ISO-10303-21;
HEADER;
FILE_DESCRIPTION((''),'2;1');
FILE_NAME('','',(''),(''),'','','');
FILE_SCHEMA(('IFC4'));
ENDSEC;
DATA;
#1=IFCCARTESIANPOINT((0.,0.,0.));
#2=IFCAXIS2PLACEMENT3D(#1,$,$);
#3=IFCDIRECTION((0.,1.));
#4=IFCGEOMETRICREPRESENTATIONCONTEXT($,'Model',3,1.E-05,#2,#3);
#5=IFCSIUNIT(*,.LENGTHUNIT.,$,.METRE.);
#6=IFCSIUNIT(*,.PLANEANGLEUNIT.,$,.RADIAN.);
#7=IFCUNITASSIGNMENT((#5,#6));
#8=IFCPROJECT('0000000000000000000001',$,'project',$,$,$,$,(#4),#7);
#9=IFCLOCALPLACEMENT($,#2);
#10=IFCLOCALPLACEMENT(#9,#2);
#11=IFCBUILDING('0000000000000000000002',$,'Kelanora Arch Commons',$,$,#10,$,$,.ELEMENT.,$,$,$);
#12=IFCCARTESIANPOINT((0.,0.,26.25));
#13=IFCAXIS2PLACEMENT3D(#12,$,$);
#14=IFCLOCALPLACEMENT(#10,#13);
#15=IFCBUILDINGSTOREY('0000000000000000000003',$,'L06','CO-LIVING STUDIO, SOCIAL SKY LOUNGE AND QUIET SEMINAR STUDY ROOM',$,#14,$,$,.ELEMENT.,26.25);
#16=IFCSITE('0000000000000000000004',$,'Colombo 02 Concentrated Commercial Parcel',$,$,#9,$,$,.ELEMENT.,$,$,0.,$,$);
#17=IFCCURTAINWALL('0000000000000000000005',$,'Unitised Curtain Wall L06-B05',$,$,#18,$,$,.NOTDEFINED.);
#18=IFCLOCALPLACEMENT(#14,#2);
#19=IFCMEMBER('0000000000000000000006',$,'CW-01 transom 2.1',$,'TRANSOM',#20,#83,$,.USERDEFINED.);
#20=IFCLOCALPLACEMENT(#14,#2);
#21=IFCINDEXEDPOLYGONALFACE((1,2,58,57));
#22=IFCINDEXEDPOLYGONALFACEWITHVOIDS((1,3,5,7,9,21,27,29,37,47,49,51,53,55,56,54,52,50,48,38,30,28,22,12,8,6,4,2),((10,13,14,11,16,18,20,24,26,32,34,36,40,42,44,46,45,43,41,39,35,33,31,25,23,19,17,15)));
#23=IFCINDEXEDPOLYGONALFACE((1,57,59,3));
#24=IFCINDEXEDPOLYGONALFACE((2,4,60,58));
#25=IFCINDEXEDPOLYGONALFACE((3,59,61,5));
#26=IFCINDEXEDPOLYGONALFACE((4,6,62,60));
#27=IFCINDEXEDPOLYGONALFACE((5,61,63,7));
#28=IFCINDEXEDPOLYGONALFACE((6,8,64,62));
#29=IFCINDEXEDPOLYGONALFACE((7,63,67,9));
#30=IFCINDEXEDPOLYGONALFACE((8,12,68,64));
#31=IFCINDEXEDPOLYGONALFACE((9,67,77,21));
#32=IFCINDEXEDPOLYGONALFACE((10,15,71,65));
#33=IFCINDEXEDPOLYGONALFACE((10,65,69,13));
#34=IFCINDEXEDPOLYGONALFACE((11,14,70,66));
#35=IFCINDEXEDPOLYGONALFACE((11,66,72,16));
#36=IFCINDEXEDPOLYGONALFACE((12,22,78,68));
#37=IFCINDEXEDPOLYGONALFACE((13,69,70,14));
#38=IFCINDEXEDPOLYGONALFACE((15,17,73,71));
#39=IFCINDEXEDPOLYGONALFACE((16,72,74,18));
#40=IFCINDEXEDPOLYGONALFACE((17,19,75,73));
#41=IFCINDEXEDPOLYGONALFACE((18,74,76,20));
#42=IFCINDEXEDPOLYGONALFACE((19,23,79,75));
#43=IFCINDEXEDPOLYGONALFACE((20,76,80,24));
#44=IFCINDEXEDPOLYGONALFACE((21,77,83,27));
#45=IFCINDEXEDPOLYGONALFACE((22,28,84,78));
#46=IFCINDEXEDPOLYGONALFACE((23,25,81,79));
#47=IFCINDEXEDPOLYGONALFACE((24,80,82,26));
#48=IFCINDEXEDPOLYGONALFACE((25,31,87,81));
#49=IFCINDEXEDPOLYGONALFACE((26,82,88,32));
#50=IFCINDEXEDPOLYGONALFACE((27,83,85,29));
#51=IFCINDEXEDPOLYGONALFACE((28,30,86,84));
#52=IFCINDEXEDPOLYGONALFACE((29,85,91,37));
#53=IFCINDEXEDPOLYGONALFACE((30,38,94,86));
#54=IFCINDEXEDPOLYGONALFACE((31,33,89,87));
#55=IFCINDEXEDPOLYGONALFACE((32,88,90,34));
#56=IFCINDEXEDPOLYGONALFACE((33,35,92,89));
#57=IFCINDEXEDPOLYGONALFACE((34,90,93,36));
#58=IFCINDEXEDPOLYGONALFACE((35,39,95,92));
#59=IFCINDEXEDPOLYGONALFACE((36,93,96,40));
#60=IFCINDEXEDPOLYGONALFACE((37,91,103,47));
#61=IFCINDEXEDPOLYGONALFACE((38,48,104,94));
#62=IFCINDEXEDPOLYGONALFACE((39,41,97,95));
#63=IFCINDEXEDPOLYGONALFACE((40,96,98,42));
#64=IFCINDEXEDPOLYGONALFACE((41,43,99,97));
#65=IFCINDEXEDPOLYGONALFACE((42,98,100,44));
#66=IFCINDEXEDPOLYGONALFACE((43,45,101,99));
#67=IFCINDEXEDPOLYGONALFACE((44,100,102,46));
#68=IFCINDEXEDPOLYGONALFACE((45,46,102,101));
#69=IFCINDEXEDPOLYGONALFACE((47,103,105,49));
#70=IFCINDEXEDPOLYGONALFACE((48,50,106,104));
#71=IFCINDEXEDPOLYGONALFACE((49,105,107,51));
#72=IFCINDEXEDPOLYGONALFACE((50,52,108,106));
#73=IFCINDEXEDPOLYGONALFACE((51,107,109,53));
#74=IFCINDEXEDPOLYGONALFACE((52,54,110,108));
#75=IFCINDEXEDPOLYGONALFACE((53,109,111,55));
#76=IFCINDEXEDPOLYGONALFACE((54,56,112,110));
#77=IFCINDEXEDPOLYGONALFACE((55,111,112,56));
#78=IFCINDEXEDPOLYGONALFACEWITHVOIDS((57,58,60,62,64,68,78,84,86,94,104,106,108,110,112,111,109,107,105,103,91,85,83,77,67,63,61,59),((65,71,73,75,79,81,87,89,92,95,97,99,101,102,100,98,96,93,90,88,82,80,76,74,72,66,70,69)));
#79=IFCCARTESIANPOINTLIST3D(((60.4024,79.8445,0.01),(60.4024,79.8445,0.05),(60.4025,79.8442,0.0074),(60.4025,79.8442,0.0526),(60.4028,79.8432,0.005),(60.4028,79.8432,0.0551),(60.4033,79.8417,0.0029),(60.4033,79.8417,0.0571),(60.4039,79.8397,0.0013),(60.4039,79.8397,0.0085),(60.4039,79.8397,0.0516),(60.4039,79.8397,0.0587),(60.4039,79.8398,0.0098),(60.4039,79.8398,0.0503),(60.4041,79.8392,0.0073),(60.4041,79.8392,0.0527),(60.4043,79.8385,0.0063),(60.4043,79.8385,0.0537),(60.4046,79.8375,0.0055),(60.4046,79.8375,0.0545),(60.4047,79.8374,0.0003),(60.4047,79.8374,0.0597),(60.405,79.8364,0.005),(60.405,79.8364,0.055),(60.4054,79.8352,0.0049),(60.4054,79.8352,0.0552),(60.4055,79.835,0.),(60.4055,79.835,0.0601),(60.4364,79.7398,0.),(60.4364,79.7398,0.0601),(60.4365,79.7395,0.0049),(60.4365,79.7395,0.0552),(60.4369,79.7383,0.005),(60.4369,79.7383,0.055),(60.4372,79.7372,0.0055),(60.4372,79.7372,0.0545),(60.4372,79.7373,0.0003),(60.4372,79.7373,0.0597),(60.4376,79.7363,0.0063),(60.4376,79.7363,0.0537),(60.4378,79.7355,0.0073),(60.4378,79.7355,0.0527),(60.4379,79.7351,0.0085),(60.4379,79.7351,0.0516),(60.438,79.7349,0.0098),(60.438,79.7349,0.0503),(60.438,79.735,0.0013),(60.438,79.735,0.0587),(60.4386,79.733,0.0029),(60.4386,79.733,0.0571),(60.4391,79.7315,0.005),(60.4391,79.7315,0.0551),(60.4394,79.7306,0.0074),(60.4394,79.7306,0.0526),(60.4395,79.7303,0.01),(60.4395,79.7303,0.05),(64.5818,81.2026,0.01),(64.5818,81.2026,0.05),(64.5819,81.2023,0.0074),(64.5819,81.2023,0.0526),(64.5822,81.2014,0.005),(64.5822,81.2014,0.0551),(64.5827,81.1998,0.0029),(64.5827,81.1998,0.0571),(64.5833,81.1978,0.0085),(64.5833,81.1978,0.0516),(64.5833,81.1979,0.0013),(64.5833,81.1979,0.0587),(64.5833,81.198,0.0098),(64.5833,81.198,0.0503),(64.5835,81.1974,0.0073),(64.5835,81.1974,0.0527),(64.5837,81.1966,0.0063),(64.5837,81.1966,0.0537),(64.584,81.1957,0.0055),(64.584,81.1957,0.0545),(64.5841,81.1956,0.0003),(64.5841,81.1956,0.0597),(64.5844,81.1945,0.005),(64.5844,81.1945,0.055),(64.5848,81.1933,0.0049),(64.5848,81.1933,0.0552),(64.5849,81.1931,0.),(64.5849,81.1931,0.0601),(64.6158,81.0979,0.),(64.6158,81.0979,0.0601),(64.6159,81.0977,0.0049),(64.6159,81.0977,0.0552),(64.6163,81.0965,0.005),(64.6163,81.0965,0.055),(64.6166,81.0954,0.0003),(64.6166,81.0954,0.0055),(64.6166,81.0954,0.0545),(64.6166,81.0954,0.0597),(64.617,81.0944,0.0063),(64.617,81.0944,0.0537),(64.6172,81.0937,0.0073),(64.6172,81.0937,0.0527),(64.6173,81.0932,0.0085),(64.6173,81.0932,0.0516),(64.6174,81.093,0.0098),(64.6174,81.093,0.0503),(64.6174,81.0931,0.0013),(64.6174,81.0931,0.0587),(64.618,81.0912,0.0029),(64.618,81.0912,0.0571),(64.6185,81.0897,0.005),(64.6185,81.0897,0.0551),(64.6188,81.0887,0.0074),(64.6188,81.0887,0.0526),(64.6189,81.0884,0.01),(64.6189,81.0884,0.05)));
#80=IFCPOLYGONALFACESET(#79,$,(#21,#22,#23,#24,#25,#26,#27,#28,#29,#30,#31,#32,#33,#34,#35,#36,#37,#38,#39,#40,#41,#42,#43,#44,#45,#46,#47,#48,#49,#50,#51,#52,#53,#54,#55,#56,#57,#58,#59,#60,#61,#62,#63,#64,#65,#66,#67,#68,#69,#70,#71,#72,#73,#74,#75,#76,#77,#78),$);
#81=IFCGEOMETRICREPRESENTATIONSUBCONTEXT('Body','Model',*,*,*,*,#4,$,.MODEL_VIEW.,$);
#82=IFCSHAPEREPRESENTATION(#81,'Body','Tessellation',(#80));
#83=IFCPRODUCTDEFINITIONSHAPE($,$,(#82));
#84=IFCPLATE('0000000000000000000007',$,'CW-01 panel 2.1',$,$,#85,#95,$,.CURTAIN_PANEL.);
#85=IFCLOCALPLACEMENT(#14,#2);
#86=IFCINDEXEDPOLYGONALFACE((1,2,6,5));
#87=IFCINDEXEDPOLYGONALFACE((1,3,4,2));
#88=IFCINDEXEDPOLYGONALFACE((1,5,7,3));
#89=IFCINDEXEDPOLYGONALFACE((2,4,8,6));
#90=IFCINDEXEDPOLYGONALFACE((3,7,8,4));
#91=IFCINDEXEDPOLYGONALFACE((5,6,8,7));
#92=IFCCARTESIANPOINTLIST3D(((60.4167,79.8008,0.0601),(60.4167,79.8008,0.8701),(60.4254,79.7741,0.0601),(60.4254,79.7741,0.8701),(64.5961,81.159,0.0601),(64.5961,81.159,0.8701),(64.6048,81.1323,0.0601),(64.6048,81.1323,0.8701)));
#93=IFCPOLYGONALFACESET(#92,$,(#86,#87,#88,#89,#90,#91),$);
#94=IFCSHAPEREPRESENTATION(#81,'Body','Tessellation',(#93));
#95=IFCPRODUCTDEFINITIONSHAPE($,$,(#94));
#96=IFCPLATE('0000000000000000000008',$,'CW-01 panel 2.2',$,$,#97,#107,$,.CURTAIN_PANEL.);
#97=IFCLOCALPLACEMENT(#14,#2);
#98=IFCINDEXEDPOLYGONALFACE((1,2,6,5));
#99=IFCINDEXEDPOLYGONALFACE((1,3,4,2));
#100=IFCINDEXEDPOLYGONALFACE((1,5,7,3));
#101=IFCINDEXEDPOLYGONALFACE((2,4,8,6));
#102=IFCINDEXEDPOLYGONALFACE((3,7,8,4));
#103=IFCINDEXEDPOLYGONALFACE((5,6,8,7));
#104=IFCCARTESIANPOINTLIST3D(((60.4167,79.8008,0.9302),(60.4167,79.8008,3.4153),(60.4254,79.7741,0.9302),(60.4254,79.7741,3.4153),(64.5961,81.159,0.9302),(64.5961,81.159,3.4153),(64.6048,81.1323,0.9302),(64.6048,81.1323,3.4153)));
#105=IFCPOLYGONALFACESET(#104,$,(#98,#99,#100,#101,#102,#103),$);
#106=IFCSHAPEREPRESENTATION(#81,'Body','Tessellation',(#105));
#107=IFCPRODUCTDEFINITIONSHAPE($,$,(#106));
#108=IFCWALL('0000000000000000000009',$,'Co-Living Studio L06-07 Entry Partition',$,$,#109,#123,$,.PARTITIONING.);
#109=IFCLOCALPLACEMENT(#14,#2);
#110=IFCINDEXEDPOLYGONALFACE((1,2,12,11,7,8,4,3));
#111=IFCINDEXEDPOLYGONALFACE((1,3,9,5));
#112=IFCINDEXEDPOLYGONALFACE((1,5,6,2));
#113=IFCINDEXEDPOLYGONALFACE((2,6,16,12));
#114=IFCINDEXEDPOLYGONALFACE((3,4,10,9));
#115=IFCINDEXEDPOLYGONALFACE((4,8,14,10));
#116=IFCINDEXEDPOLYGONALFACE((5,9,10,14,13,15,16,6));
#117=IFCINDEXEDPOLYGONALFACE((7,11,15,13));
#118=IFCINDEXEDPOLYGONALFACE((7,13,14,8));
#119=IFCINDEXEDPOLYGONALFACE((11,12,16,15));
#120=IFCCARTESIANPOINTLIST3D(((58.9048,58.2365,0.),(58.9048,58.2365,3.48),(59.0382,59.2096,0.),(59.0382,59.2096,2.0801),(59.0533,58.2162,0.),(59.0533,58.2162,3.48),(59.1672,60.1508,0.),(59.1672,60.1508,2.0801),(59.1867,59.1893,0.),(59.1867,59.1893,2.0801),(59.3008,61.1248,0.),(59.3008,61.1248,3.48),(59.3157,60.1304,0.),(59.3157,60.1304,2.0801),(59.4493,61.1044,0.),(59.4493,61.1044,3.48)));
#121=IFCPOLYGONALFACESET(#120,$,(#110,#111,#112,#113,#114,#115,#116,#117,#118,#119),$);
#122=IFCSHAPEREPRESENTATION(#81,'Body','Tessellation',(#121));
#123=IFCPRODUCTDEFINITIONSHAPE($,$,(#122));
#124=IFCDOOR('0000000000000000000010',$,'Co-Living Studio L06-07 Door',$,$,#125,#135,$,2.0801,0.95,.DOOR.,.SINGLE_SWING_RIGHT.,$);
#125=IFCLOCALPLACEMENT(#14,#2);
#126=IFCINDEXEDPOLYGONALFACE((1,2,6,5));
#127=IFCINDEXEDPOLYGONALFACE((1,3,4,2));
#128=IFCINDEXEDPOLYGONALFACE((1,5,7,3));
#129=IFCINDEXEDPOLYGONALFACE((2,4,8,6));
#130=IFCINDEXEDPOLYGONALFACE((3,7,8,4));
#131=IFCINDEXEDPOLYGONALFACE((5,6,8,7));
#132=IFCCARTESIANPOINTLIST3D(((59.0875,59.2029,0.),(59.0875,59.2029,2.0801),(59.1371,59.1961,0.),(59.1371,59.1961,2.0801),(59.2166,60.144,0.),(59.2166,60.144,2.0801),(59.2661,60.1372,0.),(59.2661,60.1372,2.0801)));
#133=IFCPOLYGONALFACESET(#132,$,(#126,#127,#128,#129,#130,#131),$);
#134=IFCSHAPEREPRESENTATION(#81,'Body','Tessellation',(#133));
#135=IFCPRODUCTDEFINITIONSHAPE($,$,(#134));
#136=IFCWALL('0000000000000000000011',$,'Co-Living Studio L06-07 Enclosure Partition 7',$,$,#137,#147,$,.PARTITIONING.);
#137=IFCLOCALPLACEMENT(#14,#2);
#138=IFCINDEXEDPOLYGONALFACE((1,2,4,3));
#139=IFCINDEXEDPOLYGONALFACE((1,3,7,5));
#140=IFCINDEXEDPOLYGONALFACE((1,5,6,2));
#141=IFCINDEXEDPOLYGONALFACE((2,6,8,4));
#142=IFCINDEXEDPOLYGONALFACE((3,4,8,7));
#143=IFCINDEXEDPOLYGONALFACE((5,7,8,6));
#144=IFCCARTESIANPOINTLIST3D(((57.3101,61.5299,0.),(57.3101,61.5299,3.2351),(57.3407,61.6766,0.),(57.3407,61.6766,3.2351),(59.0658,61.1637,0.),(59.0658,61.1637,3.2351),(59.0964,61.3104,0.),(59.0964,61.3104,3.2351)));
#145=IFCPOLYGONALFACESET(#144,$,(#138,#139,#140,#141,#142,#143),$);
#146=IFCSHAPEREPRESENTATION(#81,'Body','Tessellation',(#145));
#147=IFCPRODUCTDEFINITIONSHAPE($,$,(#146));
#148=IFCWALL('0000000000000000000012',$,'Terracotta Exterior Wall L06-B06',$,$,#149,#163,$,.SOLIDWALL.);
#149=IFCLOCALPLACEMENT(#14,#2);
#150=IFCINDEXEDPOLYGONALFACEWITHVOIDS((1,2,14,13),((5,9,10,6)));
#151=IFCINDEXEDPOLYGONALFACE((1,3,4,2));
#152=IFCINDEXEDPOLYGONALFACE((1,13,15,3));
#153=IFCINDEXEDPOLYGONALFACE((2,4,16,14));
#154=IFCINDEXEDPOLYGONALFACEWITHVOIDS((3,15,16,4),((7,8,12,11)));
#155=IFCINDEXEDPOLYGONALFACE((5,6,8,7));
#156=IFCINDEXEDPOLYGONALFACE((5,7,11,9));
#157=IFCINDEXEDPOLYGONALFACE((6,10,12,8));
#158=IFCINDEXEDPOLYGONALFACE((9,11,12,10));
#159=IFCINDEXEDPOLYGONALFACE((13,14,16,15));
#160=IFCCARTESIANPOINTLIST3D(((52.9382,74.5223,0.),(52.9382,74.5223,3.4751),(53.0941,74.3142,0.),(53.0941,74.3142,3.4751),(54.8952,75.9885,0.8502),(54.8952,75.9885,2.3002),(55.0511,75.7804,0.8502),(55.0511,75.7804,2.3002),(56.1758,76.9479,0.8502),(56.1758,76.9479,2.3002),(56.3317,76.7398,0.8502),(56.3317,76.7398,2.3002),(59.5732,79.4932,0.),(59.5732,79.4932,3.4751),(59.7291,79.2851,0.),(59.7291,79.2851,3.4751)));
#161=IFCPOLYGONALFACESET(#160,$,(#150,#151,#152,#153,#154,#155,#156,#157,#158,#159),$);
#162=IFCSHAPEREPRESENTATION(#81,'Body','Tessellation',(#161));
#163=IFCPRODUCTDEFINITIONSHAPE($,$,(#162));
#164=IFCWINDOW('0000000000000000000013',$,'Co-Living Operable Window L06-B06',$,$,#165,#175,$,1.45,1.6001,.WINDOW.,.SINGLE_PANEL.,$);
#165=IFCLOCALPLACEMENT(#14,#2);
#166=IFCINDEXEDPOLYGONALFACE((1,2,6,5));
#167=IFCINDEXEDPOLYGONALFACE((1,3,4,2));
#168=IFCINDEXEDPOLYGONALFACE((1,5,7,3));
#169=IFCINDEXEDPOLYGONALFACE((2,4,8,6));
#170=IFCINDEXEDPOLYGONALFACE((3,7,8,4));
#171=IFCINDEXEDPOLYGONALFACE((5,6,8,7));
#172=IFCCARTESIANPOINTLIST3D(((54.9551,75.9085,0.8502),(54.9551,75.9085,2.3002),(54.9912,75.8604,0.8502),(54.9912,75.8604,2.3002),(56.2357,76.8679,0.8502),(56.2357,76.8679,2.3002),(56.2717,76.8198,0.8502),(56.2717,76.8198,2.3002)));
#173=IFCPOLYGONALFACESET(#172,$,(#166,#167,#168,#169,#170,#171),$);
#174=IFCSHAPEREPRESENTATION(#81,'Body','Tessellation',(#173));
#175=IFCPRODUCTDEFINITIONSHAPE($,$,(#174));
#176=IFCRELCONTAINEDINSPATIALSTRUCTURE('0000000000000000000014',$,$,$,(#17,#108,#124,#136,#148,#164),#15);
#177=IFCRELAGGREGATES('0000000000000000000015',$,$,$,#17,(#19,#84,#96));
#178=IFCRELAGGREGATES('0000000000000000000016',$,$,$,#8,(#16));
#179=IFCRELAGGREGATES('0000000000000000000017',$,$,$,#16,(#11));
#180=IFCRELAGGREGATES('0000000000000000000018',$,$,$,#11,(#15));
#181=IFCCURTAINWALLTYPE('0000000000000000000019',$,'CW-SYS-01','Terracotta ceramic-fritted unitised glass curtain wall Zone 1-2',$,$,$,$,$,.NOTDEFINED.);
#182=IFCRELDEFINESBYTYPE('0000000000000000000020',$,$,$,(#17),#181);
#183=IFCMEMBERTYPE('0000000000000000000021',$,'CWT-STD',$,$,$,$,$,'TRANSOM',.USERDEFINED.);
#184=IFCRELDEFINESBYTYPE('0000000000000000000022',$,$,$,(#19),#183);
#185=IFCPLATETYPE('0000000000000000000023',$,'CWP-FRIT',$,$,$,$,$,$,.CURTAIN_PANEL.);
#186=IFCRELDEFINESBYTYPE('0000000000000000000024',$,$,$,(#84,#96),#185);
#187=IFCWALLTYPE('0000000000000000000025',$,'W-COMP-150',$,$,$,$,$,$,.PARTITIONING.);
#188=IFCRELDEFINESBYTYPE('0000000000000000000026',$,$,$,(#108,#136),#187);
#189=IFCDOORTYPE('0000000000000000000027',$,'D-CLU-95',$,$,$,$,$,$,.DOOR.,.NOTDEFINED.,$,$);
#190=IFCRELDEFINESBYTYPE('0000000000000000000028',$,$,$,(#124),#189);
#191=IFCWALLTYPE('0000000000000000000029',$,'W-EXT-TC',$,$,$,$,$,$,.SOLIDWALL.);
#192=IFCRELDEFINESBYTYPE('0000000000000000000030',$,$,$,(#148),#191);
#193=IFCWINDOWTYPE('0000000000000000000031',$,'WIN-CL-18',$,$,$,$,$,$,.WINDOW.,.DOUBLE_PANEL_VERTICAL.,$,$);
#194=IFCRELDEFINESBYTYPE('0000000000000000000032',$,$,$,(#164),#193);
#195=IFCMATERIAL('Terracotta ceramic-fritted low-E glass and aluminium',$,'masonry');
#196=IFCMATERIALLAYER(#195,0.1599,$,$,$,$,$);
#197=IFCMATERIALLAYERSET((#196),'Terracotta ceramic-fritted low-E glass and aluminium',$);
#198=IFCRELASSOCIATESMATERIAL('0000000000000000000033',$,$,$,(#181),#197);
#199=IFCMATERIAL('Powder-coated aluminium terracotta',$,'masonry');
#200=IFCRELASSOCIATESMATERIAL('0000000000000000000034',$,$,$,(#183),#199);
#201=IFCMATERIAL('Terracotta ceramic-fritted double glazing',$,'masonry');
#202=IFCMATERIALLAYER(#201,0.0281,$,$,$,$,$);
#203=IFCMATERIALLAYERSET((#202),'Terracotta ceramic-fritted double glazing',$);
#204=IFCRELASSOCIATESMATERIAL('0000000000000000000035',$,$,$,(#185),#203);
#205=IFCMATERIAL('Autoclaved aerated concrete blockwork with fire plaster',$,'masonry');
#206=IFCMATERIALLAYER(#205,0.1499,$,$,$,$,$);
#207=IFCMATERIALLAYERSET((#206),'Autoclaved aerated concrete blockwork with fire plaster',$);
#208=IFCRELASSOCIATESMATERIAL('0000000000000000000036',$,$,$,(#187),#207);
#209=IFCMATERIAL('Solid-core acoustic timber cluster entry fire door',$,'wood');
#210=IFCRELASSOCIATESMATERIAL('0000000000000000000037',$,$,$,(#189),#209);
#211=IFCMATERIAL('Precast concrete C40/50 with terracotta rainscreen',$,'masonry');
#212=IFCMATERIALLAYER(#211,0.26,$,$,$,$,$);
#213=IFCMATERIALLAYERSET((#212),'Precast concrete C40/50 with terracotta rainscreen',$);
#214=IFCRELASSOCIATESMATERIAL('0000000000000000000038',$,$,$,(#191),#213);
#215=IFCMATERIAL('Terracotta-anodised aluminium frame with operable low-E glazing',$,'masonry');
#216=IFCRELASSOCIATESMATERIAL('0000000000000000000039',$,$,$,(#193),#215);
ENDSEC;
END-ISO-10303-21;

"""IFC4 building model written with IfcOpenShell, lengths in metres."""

from ifc_helpers import new_model, si_unit, direction, frame, frame_2d, origin, origin_2d, place, context, subcontext, project, spatial, rectangle, hollow_rectangle, extrude, source, transform, mapped, material, layer, layer_set, material_profile, profile_set, type_object, element, fill, aggregate, save


model = new_model("IFC4")

# Units and contexts
model_context = context("Model", 3, precision=1e-05, world=origin(), true_north=direction((0.0, 1.0)))
body_context = subcontext(model_context, "Body", "Model", "MODEL_VIEW")
ifc_project = project(units=[si_unit("LENGTHUNIT", "METRE"), si_unit("PLANEANGLEUNIT", "RADIAN")], contexts=[model_context])

# Site, building, storey
site_placement = place(None, origin())
site = spatial("IfcSite", under=ifc_project, at=site_placement, Name="Colombo 02 Concentrated Commercial Parcel", CompositionType="ELEMENT", RefElevation=0.0)
building_placement = place(site_placement, origin())
building = spatial("IfcBuilding", under=site, at=building_placement, Name="Kelanora Arch Commons", CompositionType="ELEMENT")
storey_placement = place(building_placement, frame((0.0, 0.0, 26.25)))
storey = spatial("IfcBuildingStorey", under=building, at=storey_placement, Name="L06", Description="CO-LIVING STUDIO, SOCIAL SKY LOUNGE AND QUIET SEMINAR STUDY ROOM", CompositionType="ELEMENT", Elevation=26.25)

# Curtain wall, member, plates
ifc_material_1 = material(Name="Terracotta ceramic-fritted low-E glass and aluminium", Category="masonry")
ifc_layer_1 = layer(ifc_material_1, 0.1599)
ifc_layer_set_1 = layer_set([ifc_layer_1], Name="Terracotta ceramic-fritted low-E glass and aluminium")
curtain_wall_type = type_object("IfcCurtainWallType", Name="CW-SYS-01", Description="Terracotta ceramic-fritted unitised glass curtain wall Zone 1-2", PredefinedType="NOTDEFINED", material=ifc_layer_set_1)
curtain_wall_placement = place(storey_placement, origin())
curtain_wall = element("IfcCurtainWall", 1, at=curtain_wall_placement, inside=storey, type_object=curtain_wall_type, Name="Unitised Curtain Wall L06-B05", PredefinedType="NOTDEFINED")
ifc_material_2 = material(Name="Powder-coated aluminium terracotta", Category="masonry")
ifc_material_profile_1 = material_profile(ifc_material_2, hollow_rectangle(XDim=0.1201, YDim=0.0601, WallThickness=0.0049, InnerFilletRadius=0.0049, OuterFilletRadius=0.01, at=origin_2d()), Name="CWT120x60")
ifc_profile_set_1 = profile_set([ifc_material_profile_1], Name="Powder-coated aluminium terracotta")
member_type_1 = type_object("IfcMemberType", Name="CWT-STD", ElementType="TRANSOM", PredefinedType="USERDEFINED", material=ifc_profile_set_1)
member_1_placement = place(storey_placement, frame((64.6003, 81.1455, 0.03), z_axis=(-0.951045, -0.309052, 0.0), x_axis=(0.309052, -0.951045, 0.0)))
member_1 = element("IfcMember", 2, at=member_1_placement, type_object=member_type_1, Name="CW-01 transom 2.1", ObjectType="TRANSOM", PredefinedType="USERDEFINED", context=body_context, shape_type="SweptSolid", body=[
    extrude(hollow_rectangle(XDim=0.1201, YDim=0.0601, WallThickness=0.0049, InnerFilletRadius=0.0049, OuterFilletRadius=0.01, at=origin_2d()), origin(), (0.0, 0.0, 1.0), 4.3945),
])
ifc_material_3 = material(Name="Terracotta ceramic-fritted double glazing", Category="masonry")
ifc_layer_2 = layer(ifc_material_3, 0.0281)
ifc_layer_set_2 = layer_set([ifc_layer_2], Name="Terracotta ceramic-fritted double glazing")
plate_type = type_object("IfcPlateType", Name="CWP-FRIT", PredefinedType="CURTAIN_PANEL", material=ifc_layer_set_2)
shared_shape_1 = source(origin(), body_context, "Body", "SweptSolid", [
    extrude(rectangle(XDim=4.3945, YDim=0.0281, at=origin_2d()), origin(), (0.0, 0.0, 1.0), 0.8101),
])
plate_1_placement = place(storey_placement, frame((62.5107, 80.4666, 0.0601), z_axis=(0.0, 0.0, 1.0), x_axis=(-0.951043, -0.309058, 0.0)))
plate_1 = element("IfcPlate", 3, at=plate_1_placement, type_object=plate_type, Name="CW-01 panel 2.1", PredefinedType="CURTAIN_PANEL", context=body_context, shape_type="MappedRepresentation", body=[
    mapped(shared_shape_1, transform((0.0, 0.0, 0.0), scale=1.0)),
])
shared_shape_2 = source(origin(), body_context, "Body", "SweptSolid", [
    extrude(rectangle(XDim=4.3945, YDim=0.0281, at=origin_2d()), origin(), (0.0, 0.0, 1.0), 2.4851),
])
plate_2_placement = place(storey_placement, frame((62.5107, 80.4666, 0.9302), z_axis=(0.0, 0.0, 1.0), x_axis=(-0.951043, -0.309058, 0.0)))
plate_2 = element("IfcPlate", 4, at=plate_2_placement, type_object=plate_type, Name="CW-01 panel 2.2", PredefinedType="CURTAIN_PANEL", context=body_context, shape_type="MappedRepresentation", body=[
    mapped(shared_shape_2, transform((0.0, 0.0, 0.0), scale=1.0)),
])
aggregate(curtain_wall, [member_1, plate_1, plate_2])

# Wall, opening, door
ifc_material_4 = material(Name="Autoclaved aerated concrete blockwork with fire plaster", Category="masonry")
ifc_layer_3 = layer(ifc_material_4, 0.1499)
ifc_layer_set_3 = layer_set([ifc_layer_3], Name="Autoclaved aerated concrete blockwork with fire plaster")
wall_type_1 = type_object("IfcWallType", Name="W-COMP-150", PredefinedType="PARTITIONING", material=ifc_layer_set_3)
wall_1_placement = place(storey_placement, frame((59.375, 61.1145, 0.0), z_axis=(0.0, 0.0, 1.0), x_axis=(-0.135838, -0.990731, 0.0)))
wall_1 = element("IfcWall", 5, at=wall_1_placement, inside=storey, type_object=wall_type_1, Name="Co-Living Studio L06-07 Entry Partition", PredefinedType="PARTITIONING", context=body_context, shape_type="SweptSolid", body=[
    extrude(rectangle(XDim=2.9153, YDim=0.1499, at=frame_2d((1.4575, 0.0))), origin(), (0.0, 0.0, 1.0), 3.48),
])
opening_1_placement = place(wall_1_placement, frame((0.9829, 0.0, 0.0)))
opening_1 = element("IfcOpeningElement", 6, at=opening_1_placement, cuts=wall_1, PredefinedType="OPENING", context=body_context, shape_type="SweptSolid", body=[
    extrude(rectangle(XDim=0.95, YDim=2.0801, at=frame_2d((0.4751, 1.04))), frame((0.0, 0.085, 0.0), z_axis=(0.0, -1.0, 0.0), x_axis=(1.0, 0.0, 0.0)), (0.0, 0.0, 1.0), 0.1699),
])
ifc_material_5 = material(Name="Solid-core acoustic timber cluster entry fire door", Category="wood")
door_type_1 = type_object("IfcDoorType", Name="D-CLU-95", OperationType="NOTDEFINED", PredefinedType="DOOR", material=ifc_material_5)
door_1_placement = place(opening_1_placement, origin())
door_1 = element("IfcDoor", 7, at=door_1_placement, inside=storey, type_object=door_type_1, Name="Co-Living Studio L06-07 Door", OperationType="SINGLE_SWING_RIGHT", OverallHeight=2.0801, OverallWidth=0.95, PredefinedType="DOOR", context=body_context, shape_type="SweptSolid", body=[
    extrude(rectangle(XDim=0.95, YDim=2.0801, at=frame_2d((0.4751, 1.04))), frame((0.0, 0.0249, 0.0), z_axis=(0.0, -1.0, 0.0), x_axis=(1.0, 0.0, 0.0)), (0.0, 0.0, 1.0), 0.05),
])
fill(opening_1, door_1)

# Wall
wall_2_placement = place(storey_placement, frame((57.3254, 61.6033, 0.0), z_axis=(0.0, 0.0, 1.0), x_axis=(0.978929, -0.204199, 0.0)))
element("IfcWall", 8, at=wall_2_placement, inside=storey, type_object=wall_type_1, Name="Co-Living Studio L06-07 Enclosure Partition 7", PredefinedType="PARTITIONING", context=body_context, shape_type="SweptSolid", body=[
    extrude(rectangle(XDim=1.7935, YDim=0.1499, at=frame_2d((0.8967, 0.0))), origin(), (0.0, 0.0, 1.0), 3.2351),
])

# Wall, opening, window
ifc_material_6 = material(Name="Precast concrete C40/50 with terracotta rainscreen", Category="masonry")
ifc_layer_4 = layer(ifc_material_6, 0.26)
ifc_layer_set_4 = layer_set([ifc_layer_4], Name="Precast concrete C40/50 with terracotta rainscreen")
wall_type_2 = type_object("IfcWallType", Name="W-EXT-TC", PredefinedType="SOLIDWALL", material=ifc_layer_set_4)
wall_3_placement = place(storey_placement, frame((59.6511, 79.3892, 0.0), z_axis=(0.0, 0.0, 1.0), x_axis=(-0.800307, -0.59959, 0.0)))
wall_3 = element("IfcWall", 9, at=wall_3_placement, inside=storey, type_object=wall_type_2, Name="Terracotta Exterior Wall L06-B06", PredefinedType="SOLIDWALL", context=body_context, shape_type="SweptSolid", body=[
    extrude(rectangle(XDim=8.2905, YDim=0.26, at=frame_2d((4.1453, 0.0))), origin(), (0.0, 0.0, 1.0), 3.4751),
])
opening_2_placement = place(wall_3_placement, frame((4.2451, 0.0, 0.8501)))
opening_2 = element("IfcOpeningElement", 10, at=opening_2_placement, cuts=wall_3, PredefinedType="OPENING", context=body_context, shape_type="SweptSolid", body=[
    extrude(rectangle(XDim=1.6001, YDim=1.45, at=frame_2d((0.8, 0.7251))), frame((0.0, 0.1401, 0.0), z_axis=(0.0, -1.0, 0.0), x_axis=(1.0, 0.0, 0.0)), (0.0, 0.0, 1.0), 0.28),
])
ifc_material_7 = material(Name="Terracotta-anodised aluminium frame with operable low-E glazing", Category="masonry")
window_type = type_object("IfcWindowType", Name="WIN-CL-18", PartitioningType="DOUBLE_PANEL_VERTICAL", PredefinedType="WINDOW", material=ifc_material_7)
window_placement = place(opening_2_placement, origin())
window = element("IfcWindow", 11, at=window_placement, inside=storey, type_object=window_type, Name="Co-Living Operable Window L06-B06", OverallHeight=1.45, OverallWidth=1.6001, PartitioningType="SINGLE_PANEL", PredefinedType="WINDOW", context=body_context, shape_type="SweptSolid", body=[
    extrude(rectangle(XDim=1.6001, YDim=1.45, at=frame_2d((0.8, 0.7251))), frame((0.0, 0.03, 0.0), z_axis=(0.0, -1.0, 0.0), x_axis=(1.0, 0.0, 0.0)), (0.0, 0.0, 1.0), 0.0601),
])
fill(opening_2, window)

save(model, "model.ifc")
